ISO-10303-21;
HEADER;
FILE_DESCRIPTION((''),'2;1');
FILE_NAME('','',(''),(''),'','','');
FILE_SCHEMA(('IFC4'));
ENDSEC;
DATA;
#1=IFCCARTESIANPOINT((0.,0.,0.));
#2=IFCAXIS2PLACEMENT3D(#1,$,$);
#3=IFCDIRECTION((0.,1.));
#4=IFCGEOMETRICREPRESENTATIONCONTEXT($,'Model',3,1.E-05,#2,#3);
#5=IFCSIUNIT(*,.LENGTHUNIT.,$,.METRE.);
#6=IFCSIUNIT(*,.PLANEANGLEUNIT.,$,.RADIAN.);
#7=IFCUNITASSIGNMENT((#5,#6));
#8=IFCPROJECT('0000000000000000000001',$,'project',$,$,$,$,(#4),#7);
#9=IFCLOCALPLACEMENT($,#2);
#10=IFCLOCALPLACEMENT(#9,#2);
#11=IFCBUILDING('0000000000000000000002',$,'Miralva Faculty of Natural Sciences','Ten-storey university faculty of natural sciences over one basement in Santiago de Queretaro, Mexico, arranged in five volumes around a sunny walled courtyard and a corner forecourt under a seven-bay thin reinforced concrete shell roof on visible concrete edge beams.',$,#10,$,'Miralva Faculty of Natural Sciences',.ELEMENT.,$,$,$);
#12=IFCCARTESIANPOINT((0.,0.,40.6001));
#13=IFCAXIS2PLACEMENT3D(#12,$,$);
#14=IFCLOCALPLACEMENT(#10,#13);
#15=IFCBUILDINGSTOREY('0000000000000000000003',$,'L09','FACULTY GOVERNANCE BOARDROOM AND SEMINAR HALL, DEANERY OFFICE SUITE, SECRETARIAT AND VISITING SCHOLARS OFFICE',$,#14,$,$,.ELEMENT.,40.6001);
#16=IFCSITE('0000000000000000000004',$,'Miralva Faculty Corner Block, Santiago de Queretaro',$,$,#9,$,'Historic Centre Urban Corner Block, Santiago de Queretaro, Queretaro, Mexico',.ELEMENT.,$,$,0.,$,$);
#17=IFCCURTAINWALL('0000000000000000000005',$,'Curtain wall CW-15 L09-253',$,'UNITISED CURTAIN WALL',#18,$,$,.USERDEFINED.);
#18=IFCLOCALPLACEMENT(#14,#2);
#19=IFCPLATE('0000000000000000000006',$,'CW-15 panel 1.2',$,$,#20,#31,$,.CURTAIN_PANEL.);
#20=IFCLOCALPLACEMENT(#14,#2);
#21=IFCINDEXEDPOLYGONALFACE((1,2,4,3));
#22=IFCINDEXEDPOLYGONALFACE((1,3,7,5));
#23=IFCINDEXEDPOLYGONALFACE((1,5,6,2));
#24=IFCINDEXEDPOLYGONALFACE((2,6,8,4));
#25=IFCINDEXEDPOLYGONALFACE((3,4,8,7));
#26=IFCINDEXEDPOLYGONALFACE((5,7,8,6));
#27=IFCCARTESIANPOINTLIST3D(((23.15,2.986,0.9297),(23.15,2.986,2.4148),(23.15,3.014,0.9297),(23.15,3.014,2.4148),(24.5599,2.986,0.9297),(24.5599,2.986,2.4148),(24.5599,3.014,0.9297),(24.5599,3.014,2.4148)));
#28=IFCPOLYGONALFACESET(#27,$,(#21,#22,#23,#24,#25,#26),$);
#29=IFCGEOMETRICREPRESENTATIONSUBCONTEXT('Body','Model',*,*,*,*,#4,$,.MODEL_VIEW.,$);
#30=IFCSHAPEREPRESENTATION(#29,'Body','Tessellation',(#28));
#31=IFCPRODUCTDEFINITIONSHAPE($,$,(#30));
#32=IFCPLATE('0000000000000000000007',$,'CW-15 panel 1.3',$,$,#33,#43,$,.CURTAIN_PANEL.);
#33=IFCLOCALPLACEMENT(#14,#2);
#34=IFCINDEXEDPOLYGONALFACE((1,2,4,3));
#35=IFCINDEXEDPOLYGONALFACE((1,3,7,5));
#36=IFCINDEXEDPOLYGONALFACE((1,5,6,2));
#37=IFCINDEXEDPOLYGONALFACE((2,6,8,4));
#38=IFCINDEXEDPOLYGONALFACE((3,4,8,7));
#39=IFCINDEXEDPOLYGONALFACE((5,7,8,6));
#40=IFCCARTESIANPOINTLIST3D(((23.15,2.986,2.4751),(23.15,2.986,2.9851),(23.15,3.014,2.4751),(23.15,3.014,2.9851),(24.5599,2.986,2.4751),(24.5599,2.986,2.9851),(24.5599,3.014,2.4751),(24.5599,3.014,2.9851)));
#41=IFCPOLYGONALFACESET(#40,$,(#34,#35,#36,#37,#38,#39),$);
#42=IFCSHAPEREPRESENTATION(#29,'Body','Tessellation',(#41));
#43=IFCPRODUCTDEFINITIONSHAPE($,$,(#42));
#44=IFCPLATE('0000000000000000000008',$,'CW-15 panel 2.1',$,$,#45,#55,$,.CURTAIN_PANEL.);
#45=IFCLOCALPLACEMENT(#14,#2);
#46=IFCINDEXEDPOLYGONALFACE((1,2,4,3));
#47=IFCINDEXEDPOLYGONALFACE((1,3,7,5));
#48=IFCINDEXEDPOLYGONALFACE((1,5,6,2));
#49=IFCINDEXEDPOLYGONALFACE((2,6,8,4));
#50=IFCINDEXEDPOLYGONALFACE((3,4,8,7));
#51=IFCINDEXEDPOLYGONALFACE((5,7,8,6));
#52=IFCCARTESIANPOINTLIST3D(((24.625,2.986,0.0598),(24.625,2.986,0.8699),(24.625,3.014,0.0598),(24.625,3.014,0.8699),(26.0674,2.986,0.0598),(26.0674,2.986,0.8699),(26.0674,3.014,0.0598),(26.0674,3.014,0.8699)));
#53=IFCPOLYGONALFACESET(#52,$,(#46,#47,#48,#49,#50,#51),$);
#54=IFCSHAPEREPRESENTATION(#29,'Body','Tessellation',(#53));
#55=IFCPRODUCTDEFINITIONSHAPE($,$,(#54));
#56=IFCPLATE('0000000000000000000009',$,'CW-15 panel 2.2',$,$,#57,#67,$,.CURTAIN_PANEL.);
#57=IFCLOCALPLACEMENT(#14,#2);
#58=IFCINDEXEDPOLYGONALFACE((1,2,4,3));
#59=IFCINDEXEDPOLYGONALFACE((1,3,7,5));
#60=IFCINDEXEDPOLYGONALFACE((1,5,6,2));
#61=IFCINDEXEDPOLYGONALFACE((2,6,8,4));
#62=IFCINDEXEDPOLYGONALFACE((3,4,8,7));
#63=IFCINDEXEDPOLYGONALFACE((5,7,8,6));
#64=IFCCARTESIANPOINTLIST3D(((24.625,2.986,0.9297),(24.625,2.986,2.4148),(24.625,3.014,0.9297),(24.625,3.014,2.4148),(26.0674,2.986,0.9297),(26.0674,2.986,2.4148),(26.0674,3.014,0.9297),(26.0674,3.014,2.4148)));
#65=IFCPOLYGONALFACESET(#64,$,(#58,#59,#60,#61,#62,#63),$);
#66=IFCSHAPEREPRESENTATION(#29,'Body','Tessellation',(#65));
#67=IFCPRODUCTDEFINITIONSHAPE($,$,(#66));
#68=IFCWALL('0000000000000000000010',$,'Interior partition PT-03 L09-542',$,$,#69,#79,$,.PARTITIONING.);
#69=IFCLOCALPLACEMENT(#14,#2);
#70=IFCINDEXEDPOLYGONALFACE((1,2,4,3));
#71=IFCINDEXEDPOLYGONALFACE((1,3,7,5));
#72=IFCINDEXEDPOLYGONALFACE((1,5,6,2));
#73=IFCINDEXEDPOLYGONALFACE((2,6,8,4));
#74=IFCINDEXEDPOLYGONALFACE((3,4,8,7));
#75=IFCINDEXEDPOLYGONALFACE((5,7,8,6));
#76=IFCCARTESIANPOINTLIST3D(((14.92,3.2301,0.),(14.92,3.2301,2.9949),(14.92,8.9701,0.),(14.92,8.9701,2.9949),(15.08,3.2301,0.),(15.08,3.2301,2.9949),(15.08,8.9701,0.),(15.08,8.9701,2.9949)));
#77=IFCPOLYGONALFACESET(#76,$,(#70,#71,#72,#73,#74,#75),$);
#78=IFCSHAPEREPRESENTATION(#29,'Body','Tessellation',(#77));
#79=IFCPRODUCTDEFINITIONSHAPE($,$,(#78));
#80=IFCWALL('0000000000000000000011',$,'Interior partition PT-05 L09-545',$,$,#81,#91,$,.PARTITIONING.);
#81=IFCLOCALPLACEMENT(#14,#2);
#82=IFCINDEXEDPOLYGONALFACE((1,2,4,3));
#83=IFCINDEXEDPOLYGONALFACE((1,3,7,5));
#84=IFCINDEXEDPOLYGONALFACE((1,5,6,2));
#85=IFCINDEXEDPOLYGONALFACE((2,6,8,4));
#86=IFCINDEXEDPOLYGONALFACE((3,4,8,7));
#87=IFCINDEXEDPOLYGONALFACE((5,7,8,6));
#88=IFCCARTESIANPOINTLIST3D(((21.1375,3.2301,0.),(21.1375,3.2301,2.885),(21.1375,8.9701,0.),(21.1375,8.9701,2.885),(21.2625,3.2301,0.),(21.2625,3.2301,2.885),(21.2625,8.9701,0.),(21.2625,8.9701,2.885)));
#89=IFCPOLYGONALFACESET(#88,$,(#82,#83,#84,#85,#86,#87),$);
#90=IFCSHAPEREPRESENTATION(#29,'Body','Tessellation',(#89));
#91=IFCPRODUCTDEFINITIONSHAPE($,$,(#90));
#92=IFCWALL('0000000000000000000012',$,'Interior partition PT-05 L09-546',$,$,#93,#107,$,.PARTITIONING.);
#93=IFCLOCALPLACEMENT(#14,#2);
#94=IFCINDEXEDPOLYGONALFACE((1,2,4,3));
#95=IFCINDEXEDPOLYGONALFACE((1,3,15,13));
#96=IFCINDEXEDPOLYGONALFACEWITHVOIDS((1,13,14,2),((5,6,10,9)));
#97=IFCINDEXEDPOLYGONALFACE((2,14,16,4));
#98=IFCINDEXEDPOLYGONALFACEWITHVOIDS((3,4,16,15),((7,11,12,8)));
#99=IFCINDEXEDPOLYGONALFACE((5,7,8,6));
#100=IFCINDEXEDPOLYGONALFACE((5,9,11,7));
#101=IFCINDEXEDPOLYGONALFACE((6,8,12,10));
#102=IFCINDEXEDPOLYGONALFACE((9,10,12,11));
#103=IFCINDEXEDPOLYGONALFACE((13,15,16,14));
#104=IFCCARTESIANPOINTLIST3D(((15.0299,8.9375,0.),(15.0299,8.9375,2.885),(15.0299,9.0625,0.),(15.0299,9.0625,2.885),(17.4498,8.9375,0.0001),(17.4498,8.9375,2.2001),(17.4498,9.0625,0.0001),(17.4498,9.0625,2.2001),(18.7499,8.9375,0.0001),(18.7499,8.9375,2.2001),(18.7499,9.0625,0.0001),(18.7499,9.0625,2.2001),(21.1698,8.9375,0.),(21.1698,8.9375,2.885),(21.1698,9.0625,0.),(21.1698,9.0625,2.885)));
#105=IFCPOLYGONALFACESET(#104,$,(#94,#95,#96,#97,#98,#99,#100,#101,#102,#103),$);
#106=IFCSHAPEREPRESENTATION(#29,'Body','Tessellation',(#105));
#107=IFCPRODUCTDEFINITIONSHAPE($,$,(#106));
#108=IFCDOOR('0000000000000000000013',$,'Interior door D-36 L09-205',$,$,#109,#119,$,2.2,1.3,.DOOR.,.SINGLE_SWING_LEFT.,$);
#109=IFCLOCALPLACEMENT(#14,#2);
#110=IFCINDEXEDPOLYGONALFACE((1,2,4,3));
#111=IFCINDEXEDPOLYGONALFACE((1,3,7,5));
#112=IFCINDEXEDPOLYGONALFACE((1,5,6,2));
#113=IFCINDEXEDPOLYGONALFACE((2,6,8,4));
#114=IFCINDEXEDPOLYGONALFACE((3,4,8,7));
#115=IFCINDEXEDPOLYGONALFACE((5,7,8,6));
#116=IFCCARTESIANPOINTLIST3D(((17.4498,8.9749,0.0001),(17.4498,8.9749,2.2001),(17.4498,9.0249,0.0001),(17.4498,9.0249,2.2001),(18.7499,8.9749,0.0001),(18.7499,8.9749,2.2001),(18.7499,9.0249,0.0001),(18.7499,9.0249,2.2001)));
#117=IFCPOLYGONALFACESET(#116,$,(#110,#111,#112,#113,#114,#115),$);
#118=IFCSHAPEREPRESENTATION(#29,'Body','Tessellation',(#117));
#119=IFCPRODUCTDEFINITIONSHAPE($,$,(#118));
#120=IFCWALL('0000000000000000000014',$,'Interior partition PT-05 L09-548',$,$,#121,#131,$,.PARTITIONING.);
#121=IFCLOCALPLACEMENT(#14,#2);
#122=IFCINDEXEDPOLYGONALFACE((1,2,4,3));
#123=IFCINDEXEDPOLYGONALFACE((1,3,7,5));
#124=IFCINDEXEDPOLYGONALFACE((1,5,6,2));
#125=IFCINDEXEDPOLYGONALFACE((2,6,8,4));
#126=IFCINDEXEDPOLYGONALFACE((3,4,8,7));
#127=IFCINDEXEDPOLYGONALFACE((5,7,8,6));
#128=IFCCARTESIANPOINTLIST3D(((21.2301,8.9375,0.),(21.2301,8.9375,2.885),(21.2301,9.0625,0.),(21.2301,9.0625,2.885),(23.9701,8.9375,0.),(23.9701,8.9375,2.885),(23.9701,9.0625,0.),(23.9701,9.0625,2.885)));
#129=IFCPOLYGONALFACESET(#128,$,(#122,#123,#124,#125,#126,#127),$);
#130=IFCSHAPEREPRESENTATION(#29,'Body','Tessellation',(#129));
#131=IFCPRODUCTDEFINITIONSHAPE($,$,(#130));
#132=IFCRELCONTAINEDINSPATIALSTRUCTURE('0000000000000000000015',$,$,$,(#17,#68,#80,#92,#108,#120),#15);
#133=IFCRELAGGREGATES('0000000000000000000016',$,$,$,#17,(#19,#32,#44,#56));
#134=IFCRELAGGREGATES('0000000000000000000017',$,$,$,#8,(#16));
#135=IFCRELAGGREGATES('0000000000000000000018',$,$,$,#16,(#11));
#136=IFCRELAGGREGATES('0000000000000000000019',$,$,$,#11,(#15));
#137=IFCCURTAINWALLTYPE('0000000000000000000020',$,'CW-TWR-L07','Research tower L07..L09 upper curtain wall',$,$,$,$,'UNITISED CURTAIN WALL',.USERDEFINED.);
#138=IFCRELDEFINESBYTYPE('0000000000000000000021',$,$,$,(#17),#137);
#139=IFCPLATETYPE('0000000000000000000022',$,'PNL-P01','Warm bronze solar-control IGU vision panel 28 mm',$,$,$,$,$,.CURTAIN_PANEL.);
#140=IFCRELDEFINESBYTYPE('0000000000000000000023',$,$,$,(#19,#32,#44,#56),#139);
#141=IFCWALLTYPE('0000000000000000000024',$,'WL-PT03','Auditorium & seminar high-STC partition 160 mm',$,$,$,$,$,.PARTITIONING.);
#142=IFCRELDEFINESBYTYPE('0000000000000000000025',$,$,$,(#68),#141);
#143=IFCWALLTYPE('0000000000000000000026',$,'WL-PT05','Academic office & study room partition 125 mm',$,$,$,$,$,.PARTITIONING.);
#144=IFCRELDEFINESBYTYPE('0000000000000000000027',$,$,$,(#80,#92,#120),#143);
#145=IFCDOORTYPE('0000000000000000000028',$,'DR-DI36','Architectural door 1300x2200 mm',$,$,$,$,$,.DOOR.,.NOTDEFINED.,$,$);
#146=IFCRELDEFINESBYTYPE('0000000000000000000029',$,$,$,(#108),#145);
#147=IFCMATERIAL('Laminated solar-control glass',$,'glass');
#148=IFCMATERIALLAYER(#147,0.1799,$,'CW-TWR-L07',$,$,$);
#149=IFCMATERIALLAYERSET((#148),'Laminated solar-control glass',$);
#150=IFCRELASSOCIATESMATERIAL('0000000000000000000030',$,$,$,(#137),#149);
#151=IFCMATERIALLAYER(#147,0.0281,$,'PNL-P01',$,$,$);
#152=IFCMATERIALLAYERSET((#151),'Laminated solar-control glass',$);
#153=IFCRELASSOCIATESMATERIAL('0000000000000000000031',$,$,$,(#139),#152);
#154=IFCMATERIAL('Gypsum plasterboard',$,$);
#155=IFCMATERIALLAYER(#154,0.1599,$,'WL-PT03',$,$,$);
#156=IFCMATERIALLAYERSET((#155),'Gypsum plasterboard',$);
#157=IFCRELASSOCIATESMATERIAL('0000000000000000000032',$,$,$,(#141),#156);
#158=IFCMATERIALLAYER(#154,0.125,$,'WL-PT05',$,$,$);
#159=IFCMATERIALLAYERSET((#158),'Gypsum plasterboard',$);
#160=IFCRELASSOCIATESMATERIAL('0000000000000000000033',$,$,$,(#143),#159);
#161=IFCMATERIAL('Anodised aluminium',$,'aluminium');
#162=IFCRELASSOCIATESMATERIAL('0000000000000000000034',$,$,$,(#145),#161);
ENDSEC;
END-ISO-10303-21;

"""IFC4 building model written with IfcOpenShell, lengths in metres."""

from ifc_helpers import new_model, si_unit, direction, frame, frame_2d, origin, origin_2d, place, context, subcontext, project, spatial, rectangle, extrude, material, layer, layer_set, type_object, element, fill, aggregate, save


model = new_model("IFC4")

# Units and contexts
model_context = context("Model", 3, precision=1e-05, world=origin(), true_north=direction((0.0, 1.0)))
body_context = subcontext(model_context, "Body", "Model", "MODEL_VIEW")
ifc_project = project(units=[si_unit("LENGTHUNIT", "METRE"), si_unit("PLANEANGLEUNIT", "RADIAN")], contexts=[model_context])

# Site, building, storey
site_placement = place(None, origin())
site = spatial("IfcSite", under=ifc_project, at=site_placement, Name="Miralva Faculty Corner Block, Santiago de Queretaro", LongName="Historic Centre Urban Corner Block, Santiago de Queretaro, Queretaro, Mexico", CompositionType="ELEMENT", RefElevation=0.0)
building_placement = place(site_placement, origin())
building = spatial("IfcBuilding", under=site, at=building_placement, Name="Miralva Faculty of Natural Sciences", Description="Ten-storey university faculty of natural sciences over one basement in Santiago de Queretaro, Mexico, arranged in five volumes around a sunny walled courtyard and a corner forecourt under a seven-bay thin reinforced concrete shell roof on visible concrete edge beams.", LongName="Miralva Faculty of Natural Sciences", CompositionType="ELEMENT")
storey_placement = place(building_placement, frame((0.0, 0.0, 40.6001)))
storey = spatial("IfcBuildingStorey", under=building, at=storey_placement, Name="L09", Description="FACULTY GOVERNANCE BOARDROOM AND SEMINAR HALL, DEANERY OFFICE SUITE, SECRETARIAT AND VISITING SCHOLARS OFFICE", CompositionType="ELEMENT", Elevation=40.6001)

# Curtain wall, plates
ifc_material_1 = material(Name="Laminated solar-control glass", Category="glass")
ifc_layer_1 = layer(ifc_material_1, 0.1799, Name="CW-TWR-L07")
ifc_layer_set_1 = layer_set([ifc_layer_1], Name="Laminated solar-control glass")
curtain_wall_type = type_object("IfcCurtainWallType", Name="CW-TWR-L07", Description="Research tower L07..L09 upper curtain wall", ElementType="UNITISED CURTAIN WALL", PredefinedType="USERDEFINED", material=ifc_layer_set_1)
curtain_wall_placement = place(storey_placement, origin())
curtain_wall = element("IfcCurtainWall", 1, at=curtain_wall_placement, inside=storey, type_object=curtain_wall_type, Name="Curtain wall CW-15 L09-253", ObjectType="UNITISED CURTAIN WALL", PredefinedType="USERDEFINED")
ifc_material_2 = material(Name="Anodised aluminium", Category="aluminium")
ifc_layer_2 = layer(ifc_material_1, 0.0281, Name="PNL-P01")
ifc_layer_set_2 = layer_set([ifc_layer_2], Name="Laminated solar-control glass")
plate_type = type_object("IfcPlateType", Name="PNL-P01", Description="Warm bronze solar-control IGU vision panel 28 mm", PredefinedType="CURTAIN_PANEL", material=ifc_layer_set_2)
plate_1_placement = place(storey_placement, frame((23.855, 3.0, 0.9297), z_axis=(0.0, 0.0, 1.0), x_axis=(1.0, 0.0, 0.0)))
plate_1 = element("IfcPlate", 2, at=plate_1_placement, type_object=plate_type, Name="CW-15 panel 1.2", PredefinedType="CURTAIN_PANEL", context=body_context, shape_type="SweptSolid", body=[
    extrude(rectangle(XDim=1.4099, YDim=0.0281, at=origin_2d()), origin(), (0.0, 0.0, 1.0), 1.4851),
])
plate_2_placement = place(storey_placement, frame((23.855, 3.0, 2.4751), z_axis=(0.0, 0.0, 1.0), x_axis=(1.0, 0.0, 0.0)))
plate_2 = element("IfcPlate", 3, at=plate_2_placement, type_object=plate_type, Name="CW-15 panel 1.3", PredefinedType="CURTAIN_PANEL", context=body_context, shape_type="SweptSolid", body=[
    extrude(rectangle(XDim=1.4099, YDim=0.0281, at=origin_2d()), origin(), (0.0, 0.0, 1.0), 0.51),
])
plate_3_placement = place(storey_placement, frame((25.3462, 3.0, 0.0598), z_axis=(0.0, 0.0, 1.0), x_axis=(1.0, 0.0, 0.0)))
plate_3 = element("IfcPlate", 4, at=plate_3_placement, type_object=plate_type, Name="CW-15 panel 2.1", PredefinedType="CURTAIN_PANEL", context=body_context, shape_type="SweptSolid", body=[
    extrude(rectangle(XDim=1.4424, YDim=0.0281, at=origin_2d()), origin(), (0.0, 0.0, 1.0), 0.8101),
])
plate_4_placement = place(storey_placement, frame((25.3462, 3.0, 0.9297), z_axis=(0.0, 0.0, 1.0), x_axis=(1.0, 0.0, 0.0)))
plate_4 = element("IfcPlate", 5, at=plate_4_placement, type_object=plate_type, Name="CW-15 panel 2.2", PredefinedType="CURTAIN_PANEL", context=body_context, shape_type="SweptSolid", body=[
    extrude(rectangle(XDim=1.4424, YDim=0.0281, at=origin_2d()), origin(), (0.0, 0.0, 1.0), 1.4851),
])
aggregate(curtain_wall, [plate_1, plate_2, plate_3, plate_4])

# Walls
ifc_material_3 = material(Name="Gypsum plasterboard")
ifc_layer_3 = layer(ifc_material_3, 0.1599, Name="WL-PT03")
ifc_layer_set_3 = layer_set([ifc_layer_3], Name="Gypsum plasterboard")
wall_type_1 = type_object("IfcWallType", Name="WL-PT03", Description="Auditorium & seminar high-STC partition 160 mm", PredefinedType="PARTITIONING", material=ifc_layer_set_3)
wall_1_placement = place(storey_placement, frame((15.0, 3.23, 0.0), z_axis=(0.0, 0.0, 1.0), x_axis=(0.0, 1.0, 0.0)))
element("IfcWall", 6, at=wall_1_placement, inside=storey, type_object=wall_type_1, Name="Interior partition PT-03 L09-542", PredefinedType="PARTITIONING", context=body_context, shape_type="SweptSolid", body=[
    extrude(rectangle(XDim=5.74, YDim=0.1599, at=frame_2d((2.8701, 0.0))), origin(), (0.0, 0.0, 1.0), 2.9949),
])
ifc_layer_4 = layer(ifc_material_3, 0.125, Name="WL-PT05")
ifc_layer_set_4 = layer_set([ifc_layer_4], Name="Gypsum plasterboard")
wall_type_2 = type_object("IfcWallType", Name="WL-PT05", Description="Academic office & study room partition 125 mm", PredefinedType="PARTITIONING", material=ifc_layer_set_4)
wall_2_placement = place(storey_placement, frame((21.2, 3.23, 0.0), z_axis=(0.0, 0.0, 1.0), x_axis=(0.0, 1.0, 0.0)))
element("IfcWall", 7, at=wall_2_placement, inside=storey, type_object=wall_type_2, Name="Interior partition PT-05 L09-545", PredefinedType="PARTITIONING", context=body_context, shape_type="SweptSolid", body=[
    extrude(rectangle(XDim=5.74, YDim=0.125, at=frame_2d((2.8701, 0.0))), origin(), (0.0, 0.0, 1.0), 2.885),
])

# Wall, opening, door
wall_3_placement = place(storey_placement, frame((15.03, 9.0, 0.0), z_axis=(0.0, 0.0, 1.0), x_axis=(1.0, 0.0, 0.0)))
wall_3 = element("IfcWall", 8, at=wall_3_placement, inside=storey, type_object=wall_type_2, Name="Interior partition PT-05 L09-546", PredefinedType="PARTITIONING", context=body_context, shape_type="SweptSolid", body=[
    extrude(rectangle(XDim=6.1399, YDim=0.125, at=frame_2d((3.0698, 0.0))), origin(), (0.0, 0.0, 1.0), 2.885),
])
opening_placement = place(wall_3_placement, frame((2.4199, 0.0, 0.0)))
opening = element("IfcOpeningElement", 9, at=opening_placement, cuts=wall_3, PredefinedType="OPENING", context=body_context, shape_type="SweptSolid", body=[
    extrude(rectangle(XDim=1.3, YDim=2.2, at=frame_2d((0.6499, 1.1001))), frame((0.0, 0.0725, 0.0), z_axis=(0.0, -1.0, 0.0), x_axis=(1.0, 0.0, 0.0)), (0.0, 0.0, 1.0), 0.145),
])
door_type = type_object("IfcDoorType", Name="DR-DI36", Description="Architectural door 1300x2200 mm", OperationType="NOTDEFINED", PredefinedType="DOOR", material=ifc_material_2)
door_placement = place(opening_placement, origin())
door = element("IfcDoor", 10, at=door_placement, inside=storey, type_object=door_type, Name="Interior door D-36 L09-205", OperationType="SINGLE_SWING_LEFT", OverallHeight=2.2, OverallWidth=1.3, PredefinedType="DOOR", context=body_context, shape_type="SweptSolid", body=[
    extrude(rectangle(XDim=1.3, YDim=2.2, at=frame_2d((0.6499, 1.1001))), frame((0.0, 0.0249, 0.0), z_axis=(0.0, -1.0, 0.0), x_axis=(1.0, 0.0, 0.0)), (0.0, 0.0, 1.0), 0.05),
])
fill(opening, door)

# Wall
wall_4_placement = place(storey_placement, frame((21.23, 9.0, 0.0), z_axis=(0.0, 0.0, 1.0), x_axis=(1.0, 0.0, 0.0)))
element("IfcWall", 11, at=wall_4_placement, inside=storey, type_object=wall_type_2, Name="Interior partition PT-05 L09-548", PredefinedType="PARTITIONING", context=body_context, shape_type="SweptSolid", body=[
    extrude(rectangle(XDim=2.74, YDim=0.125, at=frame_2d((1.3701, 0.0))), origin(), (0.0, 0.0, 1.0), 2.885),
])

save(model, "model.ifc")
